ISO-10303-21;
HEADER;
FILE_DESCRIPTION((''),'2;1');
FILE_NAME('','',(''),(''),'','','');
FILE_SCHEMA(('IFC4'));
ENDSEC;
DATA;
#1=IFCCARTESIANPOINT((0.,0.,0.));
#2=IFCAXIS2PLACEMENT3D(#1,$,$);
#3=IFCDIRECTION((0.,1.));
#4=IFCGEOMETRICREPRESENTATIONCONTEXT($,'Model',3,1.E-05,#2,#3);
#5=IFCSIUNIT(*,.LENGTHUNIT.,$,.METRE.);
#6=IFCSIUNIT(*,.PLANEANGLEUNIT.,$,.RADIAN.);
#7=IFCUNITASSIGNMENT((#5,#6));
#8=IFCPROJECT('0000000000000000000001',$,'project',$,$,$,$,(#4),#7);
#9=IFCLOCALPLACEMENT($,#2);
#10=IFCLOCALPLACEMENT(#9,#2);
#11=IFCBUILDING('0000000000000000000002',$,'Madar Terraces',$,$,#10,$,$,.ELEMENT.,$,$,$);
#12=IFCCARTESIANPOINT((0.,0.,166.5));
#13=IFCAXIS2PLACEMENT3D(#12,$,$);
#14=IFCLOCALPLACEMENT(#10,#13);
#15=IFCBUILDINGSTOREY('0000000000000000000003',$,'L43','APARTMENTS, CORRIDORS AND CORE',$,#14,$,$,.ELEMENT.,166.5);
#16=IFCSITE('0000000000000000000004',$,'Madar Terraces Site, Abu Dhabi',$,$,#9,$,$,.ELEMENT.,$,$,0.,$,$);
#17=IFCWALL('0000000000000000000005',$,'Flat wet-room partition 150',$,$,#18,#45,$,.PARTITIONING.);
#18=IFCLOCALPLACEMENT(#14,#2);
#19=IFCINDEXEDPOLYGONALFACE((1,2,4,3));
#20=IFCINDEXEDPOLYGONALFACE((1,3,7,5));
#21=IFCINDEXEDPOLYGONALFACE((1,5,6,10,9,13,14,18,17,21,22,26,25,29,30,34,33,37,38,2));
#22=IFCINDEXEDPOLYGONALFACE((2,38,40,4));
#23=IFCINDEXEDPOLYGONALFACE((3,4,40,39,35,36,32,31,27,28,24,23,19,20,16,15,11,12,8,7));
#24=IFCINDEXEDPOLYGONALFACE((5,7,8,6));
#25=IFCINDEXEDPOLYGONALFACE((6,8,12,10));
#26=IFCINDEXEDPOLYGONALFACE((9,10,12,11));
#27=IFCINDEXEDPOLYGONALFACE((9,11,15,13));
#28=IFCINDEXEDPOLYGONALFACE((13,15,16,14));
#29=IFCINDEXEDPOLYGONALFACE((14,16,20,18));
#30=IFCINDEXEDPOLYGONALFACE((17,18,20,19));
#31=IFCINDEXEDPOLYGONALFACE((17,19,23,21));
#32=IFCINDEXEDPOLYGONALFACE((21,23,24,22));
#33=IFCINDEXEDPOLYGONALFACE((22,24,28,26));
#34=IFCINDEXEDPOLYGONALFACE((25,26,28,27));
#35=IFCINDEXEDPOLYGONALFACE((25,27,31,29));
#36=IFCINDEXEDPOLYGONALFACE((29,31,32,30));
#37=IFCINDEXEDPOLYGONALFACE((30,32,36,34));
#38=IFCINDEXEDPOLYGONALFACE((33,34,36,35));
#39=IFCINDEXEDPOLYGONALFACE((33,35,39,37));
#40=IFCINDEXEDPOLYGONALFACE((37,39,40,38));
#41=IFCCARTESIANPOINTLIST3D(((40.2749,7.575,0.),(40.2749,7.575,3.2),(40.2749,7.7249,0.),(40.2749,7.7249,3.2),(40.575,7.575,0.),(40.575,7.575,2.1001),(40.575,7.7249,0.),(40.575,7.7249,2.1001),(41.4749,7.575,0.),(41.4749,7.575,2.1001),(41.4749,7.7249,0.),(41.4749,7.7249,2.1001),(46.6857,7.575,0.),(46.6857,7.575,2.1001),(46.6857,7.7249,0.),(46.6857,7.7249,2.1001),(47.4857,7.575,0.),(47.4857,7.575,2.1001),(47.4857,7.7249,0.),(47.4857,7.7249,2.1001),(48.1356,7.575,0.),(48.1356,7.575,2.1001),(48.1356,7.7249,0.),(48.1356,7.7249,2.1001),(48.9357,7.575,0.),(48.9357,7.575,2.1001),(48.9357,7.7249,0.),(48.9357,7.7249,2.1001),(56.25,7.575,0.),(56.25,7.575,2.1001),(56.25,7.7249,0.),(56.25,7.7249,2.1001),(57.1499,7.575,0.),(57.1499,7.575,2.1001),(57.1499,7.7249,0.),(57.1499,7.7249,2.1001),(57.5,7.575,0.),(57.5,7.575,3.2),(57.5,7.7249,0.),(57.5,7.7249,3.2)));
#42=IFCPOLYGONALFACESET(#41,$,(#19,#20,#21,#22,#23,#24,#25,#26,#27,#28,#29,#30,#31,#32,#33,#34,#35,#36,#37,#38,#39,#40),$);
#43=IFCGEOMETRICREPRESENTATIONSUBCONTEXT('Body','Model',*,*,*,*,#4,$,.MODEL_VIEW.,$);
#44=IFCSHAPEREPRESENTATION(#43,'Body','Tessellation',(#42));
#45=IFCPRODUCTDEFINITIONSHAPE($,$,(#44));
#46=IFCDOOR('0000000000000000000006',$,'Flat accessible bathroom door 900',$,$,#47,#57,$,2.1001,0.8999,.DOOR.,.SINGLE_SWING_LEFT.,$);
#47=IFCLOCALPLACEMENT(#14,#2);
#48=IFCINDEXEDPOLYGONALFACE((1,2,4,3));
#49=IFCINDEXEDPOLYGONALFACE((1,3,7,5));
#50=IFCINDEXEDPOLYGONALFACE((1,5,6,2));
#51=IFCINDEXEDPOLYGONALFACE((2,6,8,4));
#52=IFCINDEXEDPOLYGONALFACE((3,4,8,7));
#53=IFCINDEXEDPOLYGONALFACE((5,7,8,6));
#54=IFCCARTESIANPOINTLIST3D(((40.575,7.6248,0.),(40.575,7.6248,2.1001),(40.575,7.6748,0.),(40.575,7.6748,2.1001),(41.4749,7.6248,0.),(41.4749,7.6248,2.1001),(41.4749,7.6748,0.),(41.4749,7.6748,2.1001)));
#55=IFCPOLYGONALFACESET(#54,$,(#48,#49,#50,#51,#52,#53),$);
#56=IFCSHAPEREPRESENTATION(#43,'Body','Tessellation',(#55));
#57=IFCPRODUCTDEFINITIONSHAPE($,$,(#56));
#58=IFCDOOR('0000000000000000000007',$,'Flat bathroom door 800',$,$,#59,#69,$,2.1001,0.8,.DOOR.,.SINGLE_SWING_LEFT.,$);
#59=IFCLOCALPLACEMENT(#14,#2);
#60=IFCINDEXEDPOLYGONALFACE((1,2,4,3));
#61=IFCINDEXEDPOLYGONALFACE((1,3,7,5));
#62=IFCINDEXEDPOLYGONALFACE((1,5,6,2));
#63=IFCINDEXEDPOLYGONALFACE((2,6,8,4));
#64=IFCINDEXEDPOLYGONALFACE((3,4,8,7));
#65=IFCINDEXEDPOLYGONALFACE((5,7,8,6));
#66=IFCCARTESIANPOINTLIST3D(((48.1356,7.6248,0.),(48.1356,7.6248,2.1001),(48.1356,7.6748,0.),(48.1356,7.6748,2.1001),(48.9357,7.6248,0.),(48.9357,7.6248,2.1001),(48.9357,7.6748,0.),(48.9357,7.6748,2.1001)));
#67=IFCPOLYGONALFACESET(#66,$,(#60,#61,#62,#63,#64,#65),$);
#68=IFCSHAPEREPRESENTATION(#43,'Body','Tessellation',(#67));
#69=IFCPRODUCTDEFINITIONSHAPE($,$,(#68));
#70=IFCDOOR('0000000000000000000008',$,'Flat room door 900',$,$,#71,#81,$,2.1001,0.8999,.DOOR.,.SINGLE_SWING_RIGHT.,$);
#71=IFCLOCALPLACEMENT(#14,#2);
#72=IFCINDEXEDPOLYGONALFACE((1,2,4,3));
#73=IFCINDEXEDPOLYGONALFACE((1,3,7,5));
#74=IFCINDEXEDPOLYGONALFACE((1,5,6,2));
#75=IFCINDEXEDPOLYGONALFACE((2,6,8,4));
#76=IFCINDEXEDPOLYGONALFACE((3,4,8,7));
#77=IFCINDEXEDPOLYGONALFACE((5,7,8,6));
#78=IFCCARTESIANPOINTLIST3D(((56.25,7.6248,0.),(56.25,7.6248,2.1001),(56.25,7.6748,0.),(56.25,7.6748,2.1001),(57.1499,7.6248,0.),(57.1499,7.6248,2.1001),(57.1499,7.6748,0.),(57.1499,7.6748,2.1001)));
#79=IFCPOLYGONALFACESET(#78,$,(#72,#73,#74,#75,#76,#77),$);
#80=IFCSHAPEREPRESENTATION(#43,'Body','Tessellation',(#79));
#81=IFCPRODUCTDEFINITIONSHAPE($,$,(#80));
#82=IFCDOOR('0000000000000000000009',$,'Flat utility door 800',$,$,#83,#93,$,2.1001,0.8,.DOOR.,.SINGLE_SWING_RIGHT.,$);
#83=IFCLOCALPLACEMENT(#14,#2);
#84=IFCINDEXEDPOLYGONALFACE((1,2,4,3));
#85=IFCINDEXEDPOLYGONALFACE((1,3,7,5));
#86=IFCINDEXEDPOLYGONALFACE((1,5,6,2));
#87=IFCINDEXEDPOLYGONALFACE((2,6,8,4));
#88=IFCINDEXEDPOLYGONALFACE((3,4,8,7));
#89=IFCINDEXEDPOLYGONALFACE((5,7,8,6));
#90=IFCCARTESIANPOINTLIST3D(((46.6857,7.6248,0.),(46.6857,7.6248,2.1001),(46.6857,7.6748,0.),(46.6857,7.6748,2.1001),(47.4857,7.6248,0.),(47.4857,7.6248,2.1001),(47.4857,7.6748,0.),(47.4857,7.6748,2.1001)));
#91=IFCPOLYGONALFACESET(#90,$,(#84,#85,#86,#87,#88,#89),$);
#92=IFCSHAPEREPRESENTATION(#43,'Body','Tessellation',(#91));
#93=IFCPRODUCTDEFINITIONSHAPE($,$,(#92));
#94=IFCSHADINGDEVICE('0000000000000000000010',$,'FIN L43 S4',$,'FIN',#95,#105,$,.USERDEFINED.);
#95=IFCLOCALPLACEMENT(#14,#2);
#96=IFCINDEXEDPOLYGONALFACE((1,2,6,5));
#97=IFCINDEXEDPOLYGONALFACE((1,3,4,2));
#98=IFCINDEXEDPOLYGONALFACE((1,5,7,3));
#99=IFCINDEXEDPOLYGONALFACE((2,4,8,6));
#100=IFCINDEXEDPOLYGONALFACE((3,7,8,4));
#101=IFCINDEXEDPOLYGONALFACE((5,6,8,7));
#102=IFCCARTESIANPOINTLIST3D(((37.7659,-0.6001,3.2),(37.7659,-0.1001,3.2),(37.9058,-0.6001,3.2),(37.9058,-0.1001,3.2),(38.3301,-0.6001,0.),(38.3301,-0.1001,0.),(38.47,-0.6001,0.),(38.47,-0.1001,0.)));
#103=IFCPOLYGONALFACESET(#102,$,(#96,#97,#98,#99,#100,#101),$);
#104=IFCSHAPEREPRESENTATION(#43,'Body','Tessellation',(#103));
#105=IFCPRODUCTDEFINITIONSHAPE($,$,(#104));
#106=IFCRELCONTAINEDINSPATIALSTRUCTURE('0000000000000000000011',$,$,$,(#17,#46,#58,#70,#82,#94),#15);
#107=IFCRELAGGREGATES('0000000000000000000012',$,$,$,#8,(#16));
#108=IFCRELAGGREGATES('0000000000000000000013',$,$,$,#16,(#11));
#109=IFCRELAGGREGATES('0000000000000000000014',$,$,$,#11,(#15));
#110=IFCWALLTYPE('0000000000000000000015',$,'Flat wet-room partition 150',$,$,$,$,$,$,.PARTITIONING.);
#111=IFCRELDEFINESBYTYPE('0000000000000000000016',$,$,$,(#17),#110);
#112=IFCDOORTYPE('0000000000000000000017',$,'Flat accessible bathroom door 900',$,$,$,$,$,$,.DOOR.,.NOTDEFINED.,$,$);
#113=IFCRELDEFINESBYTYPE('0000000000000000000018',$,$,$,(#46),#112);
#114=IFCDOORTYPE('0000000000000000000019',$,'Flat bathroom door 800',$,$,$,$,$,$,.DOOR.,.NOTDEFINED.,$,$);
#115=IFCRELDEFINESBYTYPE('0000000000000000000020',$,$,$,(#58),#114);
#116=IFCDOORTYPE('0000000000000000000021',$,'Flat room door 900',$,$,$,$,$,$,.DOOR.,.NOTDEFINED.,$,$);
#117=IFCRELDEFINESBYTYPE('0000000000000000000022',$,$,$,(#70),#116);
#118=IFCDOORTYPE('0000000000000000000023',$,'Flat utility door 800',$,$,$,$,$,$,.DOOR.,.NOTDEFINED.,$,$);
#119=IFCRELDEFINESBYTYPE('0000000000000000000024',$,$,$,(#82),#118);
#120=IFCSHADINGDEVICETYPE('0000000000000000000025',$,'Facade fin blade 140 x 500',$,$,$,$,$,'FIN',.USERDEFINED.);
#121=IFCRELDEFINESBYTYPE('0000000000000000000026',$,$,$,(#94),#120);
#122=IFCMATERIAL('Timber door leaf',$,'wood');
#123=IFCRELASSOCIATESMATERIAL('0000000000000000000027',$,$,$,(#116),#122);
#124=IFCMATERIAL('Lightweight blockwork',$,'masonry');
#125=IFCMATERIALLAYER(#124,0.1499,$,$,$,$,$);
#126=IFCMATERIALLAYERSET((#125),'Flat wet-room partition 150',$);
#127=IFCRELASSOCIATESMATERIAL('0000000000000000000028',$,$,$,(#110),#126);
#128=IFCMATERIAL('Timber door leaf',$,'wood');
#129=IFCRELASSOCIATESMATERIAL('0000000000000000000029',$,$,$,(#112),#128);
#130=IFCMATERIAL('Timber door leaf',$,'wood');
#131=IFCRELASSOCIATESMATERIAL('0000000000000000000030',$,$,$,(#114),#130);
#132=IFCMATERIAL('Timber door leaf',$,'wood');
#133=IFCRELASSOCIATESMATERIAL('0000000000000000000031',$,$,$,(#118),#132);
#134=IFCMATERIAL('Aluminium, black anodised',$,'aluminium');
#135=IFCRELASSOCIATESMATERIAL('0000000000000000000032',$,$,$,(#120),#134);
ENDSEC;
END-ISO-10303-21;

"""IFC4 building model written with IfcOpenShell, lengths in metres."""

from ifc_helpers import new_model, si_unit, direction, frame, frame_2d, origin, place, context, subcontext, project, spatial, polyline, rectangle, outline, extrude, material, layer, layer_set, type_object, element, fill, save


model = new_model("IFC4")

# Units and contexts
model_context = context("Model", 3, precision=1e-05, world=origin(), true_north=direction((0.0, 1.0)))
body_context = subcontext(model_context, "Body", "Model", "MODEL_VIEW")
ifc_project = project(units=[si_unit("LENGTHUNIT", "METRE"), si_unit("PLANEANGLEUNIT", "RADIAN")], contexts=[model_context])

# Site, building, storey
site_placement = place(None, origin())
site = spatial("IfcSite", under=ifc_project, at=site_placement, Name="Madar Terraces Site, Abu Dhabi", CompositionType="ELEMENT", RefElevation=0.0)
building_placement = place(site_placement, origin())
building = spatial("IfcBuilding", under=site, at=building_placement, Name="Madar Terraces", CompositionType="ELEMENT")
storey_placement = place(building_placement, frame((0.0, 0.0, 166.5)))
storey = spatial("IfcBuildingStorey", under=building, at=storey_placement, Name="L43", Description="APARTMENTS, CORRIDORS AND CORE", CompositionType="ELEMENT", Elevation=166.5)

# Shared definitions
ifc_material_1 = material(Name="Timber door leaf", Category="wood")
door_type_1 = type_object("IfcDoorType", Name="Flat room door 900", OperationType="NOTDEFINED", PredefinedType="DOOR", material=ifc_material_1)

# Shared definitions
ifc_material_2 = material(Name="Lightweight blockwork", Category="masonry")
ifc_layer_1 = layer(ifc_material_2, 0.1499)
ifc_layer_set_1 = layer_set([ifc_layer_1], Name="Flat wet-room partition 150")
wall_type_1 = type_object("IfcWallType", Name="Flat wet-room partition 150", PredefinedType="PARTITIONING", material=ifc_layer_set_1)

# Wall, openings, doors
wall_1_placement = place(storey_placement, frame((40.2749, 7.6499, 0.0), z_axis=(0.0, 0.0, 1.0), x_axis=(1.0, 0.0, 0.0)))
wall_1 = element("IfcWall", 1, at=wall_1_placement, inside=storey, type_object=wall_type_1, Name="Flat wet-room partition 150", PredefinedType="PARTITIONING", context=body_context, shape_type="SweptSolid", body=[
    extrude(rectangle(XDim=17.2251, YDim=0.1499, at=frame_2d((8.6125, 0.0))), origin(), (0.0, 0.0, 1.0), 3.2),
])
opening_1_placement = place(wall_1_placement, frame((0.3, 0.0, 0.0)))
opening_1 = element("IfcOpeningElement", 2, at=opening_1_placement, cuts=wall_1, PredefinedType="OPENING", context=body_context, shape_type="SweptSolid", body=[
    extrude(rectangle(XDim=0.8999, YDim=2.1001, at=frame_2d((0.45, 1.05))), frame((0.0, 0.085, 0.0), z_axis=(0.0, -1.0, 0.0), x_axis=(1.0, 0.0, 0.0)), (0.0, 0.0, 1.0), 0.1699),
])
opening_2_placement = place(wall_1_placement, frame((6.4109, 0.0, 0.0)))
opening_2 = element("IfcOpeningElement", 3, at=opening_2_placement, cuts=wall_1, PredefinedType="OPENING", context=body_context, shape_type="SweptSolid", body=[
    extrude(rectangle(XDim=0.8, YDim=2.1001, at=frame_2d((0.3999, 1.05))), frame((0.0, 0.085, 0.0), z_axis=(0.0, -1.0, 0.0), x_axis=(1.0, 0.0, 0.0)), (0.0, 0.0, 1.0), 0.1699),
])
opening_3_placement = place(wall_1_placement, frame((7.8608, 0.0, 0.0)))
opening_3 = element("IfcOpeningElement", 4, at=opening_3_placement, cuts=wall_1, PredefinedType="OPENING", context=body_context, shape_type="SweptSolid", body=[
    extrude(rectangle(XDim=0.8, YDim=2.1001, at=frame_2d((0.3999, 1.05))), frame((0.0, 0.085, 0.0), z_axis=(0.0, -1.0, 0.0), x_axis=(1.0, 0.0, 0.0)), (0.0, 0.0, 1.0), 0.1699),
])
opening_4_placement = place(wall_1_placement, frame((15.9751, 0.0, 0.0)))
opening_4 = element("IfcOpeningElement", 5, at=opening_4_placement, cuts=wall_1, PredefinedType="OPENING", context=body_context, shape_type="SweptSolid", body=[
    extrude(rectangle(XDim=0.8999, YDim=2.1001, at=frame_2d((0.45, 1.05))), frame((0.0, 0.085, 0.0), z_axis=(0.0, -1.0, 0.0), x_axis=(1.0, 0.0, 0.0)), (0.0, 0.0, 1.0), 0.1699),
])
ifc_material_3 = material(Name="Timber door leaf", Category="wood")
door_type_2 = type_object("IfcDoorType", Name="Flat accessible bathroom door 900", OperationType="NOTDEFINED", PredefinedType="DOOR", material=ifc_material_3)
door_1_placement = place(opening_1_placement, origin())
door_1 = element("IfcDoor", 6, at=door_1_placement, inside=storey, type_object=door_type_2, Name="Flat accessible bathroom door 900", OperationType="SINGLE_SWING_LEFT", OverallHeight=2.1001, OverallWidth=0.8999, PredefinedType="DOOR", context=body_context, shape_type="SweptSolid", body=[
    extrude(rectangle(XDim=0.8999, YDim=2.1001, at=frame_2d((0.45, 1.05))), frame((0.0, 0.0249, 0.0), z_axis=(0.0, -1.0, 0.0), x_axis=(1.0, 0.0, 0.0)), (0.0, 0.0, 1.0), 0.05),
])
fill(opening_1, door_1)
ifc_material_4 = material(Name="Timber door leaf", Category="wood")
door_type_3 = type_object("IfcDoorType", Name="Flat bathroom door 800", OperationType="NOTDEFINED", PredefinedType="DOOR", material=ifc_material_4)
door_2_placement = place(opening_3_placement, origin())
door_2 = element("IfcDoor", 7, at=door_2_placement, inside=storey, type_object=door_type_3, Name="Flat bathroom door 800", OperationType="SINGLE_SWING_LEFT", OverallHeight=2.1001, OverallWidth=0.8, PredefinedType="DOOR", context=body_context, shape_type="SweptSolid", body=[
    extrude(rectangle(XDim=0.8, YDim=2.1001, at=frame_2d((0.3999, 1.05))), frame((0.0, 0.0249, 0.0), z_axis=(0.0, -1.0, 0.0), x_axis=(1.0, 0.0, 0.0)), (0.0, 0.0, 1.0), 0.05),
])
fill(opening_3, door_2)
door_3_placement = place(opening_4_placement, origin())
door_3 = element("IfcDoor", 8, at=door_3_placement, inside=storey, type_object=door_type_1, Name="Flat room door 900", OperationType="SINGLE_SWING_RIGHT", OverallHeight=2.1001, OverallWidth=0.8999, PredefinedType="DOOR", context=body_context, shape_type="SweptSolid", body=[
    extrude(rectangle(XDim=0.8999, YDim=2.1001, at=frame_2d((0.45, 1.05))), frame((0.0, 0.0249, 0.0), z_axis=(0.0, -1.0, 0.0), x_axis=(1.0, 0.0, 0.0)), (0.0, 0.0, 1.0), 0.05),
])
fill(opening_4, door_3)
ifc_material_5 = material(Name="Timber door leaf", Category="wood")
door_type_4 = type_object("IfcDoorType", Name="Flat utility door 800", OperationType="NOTDEFINED", PredefinedType="DOOR", material=ifc_material_5)
door_4_placement = place(opening_2_placement, origin())
door_4 = element("IfcDoor", 9, at=door_4_placement, inside=storey, type_object=door_type_4, Name="Flat utility door 800", OperationType="SINGLE_SWING_RIGHT", OverallHeight=2.1001, OverallWidth=0.8, PredefinedType="DOOR", context=body_context, shape_type="SweptSolid", body=[
    extrude(rectangle(XDim=0.8, YDim=2.1001, at=frame_2d((0.3999, 1.05))), frame((0.0, 0.0249, 0.0), z_axis=(0.0, -1.0, 0.0), x_axis=(1.0, 0.0, 0.0)), (0.0, 0.0, 1.0), 0.05),
])
fill(opening_2, door_4)

# Shading device
ifc_material_6 = material(Name="Aluminium, black anodised", Category="aluminium")
shading_device_type = type_object("IfcShadingDeviceType", Name="Facade fin blade 140 x 500", ElementType="FIN", PredefinedType="USERDEFINED", material=ifc_material_6)
shading_device_placement = place(storey_placement, frame((38.3301, -0.3501, 0.0), z_axis=(0.0, 0.0, 1.0), x_axis=(1.0, 0.0, 0.0)))
element("IfcShadingDevice", 10, at=shading_device_placement, inside=storey, type_object=shading_device_type, Name="FIN L43 S4", ObjectType="FIN", PredefinedType="USERDEFINED", context=body_context, shape_type="SweptSolid", body=[
    extrude(outline(polyline([(0.0, 0.0), (0.1399, 0.0), (-0.4243, 3.2), (-0.5642, 3.2), (0.0, 0.0)])), frame((0.0, 0.25, 0.0), z_axis=(0.0, -1.0, 0.0), x_axis=(1.0, 0.0, 0.0)), (0.0, 0.0, 1.0), 0.5),
])

save(model, "model.ifc")
